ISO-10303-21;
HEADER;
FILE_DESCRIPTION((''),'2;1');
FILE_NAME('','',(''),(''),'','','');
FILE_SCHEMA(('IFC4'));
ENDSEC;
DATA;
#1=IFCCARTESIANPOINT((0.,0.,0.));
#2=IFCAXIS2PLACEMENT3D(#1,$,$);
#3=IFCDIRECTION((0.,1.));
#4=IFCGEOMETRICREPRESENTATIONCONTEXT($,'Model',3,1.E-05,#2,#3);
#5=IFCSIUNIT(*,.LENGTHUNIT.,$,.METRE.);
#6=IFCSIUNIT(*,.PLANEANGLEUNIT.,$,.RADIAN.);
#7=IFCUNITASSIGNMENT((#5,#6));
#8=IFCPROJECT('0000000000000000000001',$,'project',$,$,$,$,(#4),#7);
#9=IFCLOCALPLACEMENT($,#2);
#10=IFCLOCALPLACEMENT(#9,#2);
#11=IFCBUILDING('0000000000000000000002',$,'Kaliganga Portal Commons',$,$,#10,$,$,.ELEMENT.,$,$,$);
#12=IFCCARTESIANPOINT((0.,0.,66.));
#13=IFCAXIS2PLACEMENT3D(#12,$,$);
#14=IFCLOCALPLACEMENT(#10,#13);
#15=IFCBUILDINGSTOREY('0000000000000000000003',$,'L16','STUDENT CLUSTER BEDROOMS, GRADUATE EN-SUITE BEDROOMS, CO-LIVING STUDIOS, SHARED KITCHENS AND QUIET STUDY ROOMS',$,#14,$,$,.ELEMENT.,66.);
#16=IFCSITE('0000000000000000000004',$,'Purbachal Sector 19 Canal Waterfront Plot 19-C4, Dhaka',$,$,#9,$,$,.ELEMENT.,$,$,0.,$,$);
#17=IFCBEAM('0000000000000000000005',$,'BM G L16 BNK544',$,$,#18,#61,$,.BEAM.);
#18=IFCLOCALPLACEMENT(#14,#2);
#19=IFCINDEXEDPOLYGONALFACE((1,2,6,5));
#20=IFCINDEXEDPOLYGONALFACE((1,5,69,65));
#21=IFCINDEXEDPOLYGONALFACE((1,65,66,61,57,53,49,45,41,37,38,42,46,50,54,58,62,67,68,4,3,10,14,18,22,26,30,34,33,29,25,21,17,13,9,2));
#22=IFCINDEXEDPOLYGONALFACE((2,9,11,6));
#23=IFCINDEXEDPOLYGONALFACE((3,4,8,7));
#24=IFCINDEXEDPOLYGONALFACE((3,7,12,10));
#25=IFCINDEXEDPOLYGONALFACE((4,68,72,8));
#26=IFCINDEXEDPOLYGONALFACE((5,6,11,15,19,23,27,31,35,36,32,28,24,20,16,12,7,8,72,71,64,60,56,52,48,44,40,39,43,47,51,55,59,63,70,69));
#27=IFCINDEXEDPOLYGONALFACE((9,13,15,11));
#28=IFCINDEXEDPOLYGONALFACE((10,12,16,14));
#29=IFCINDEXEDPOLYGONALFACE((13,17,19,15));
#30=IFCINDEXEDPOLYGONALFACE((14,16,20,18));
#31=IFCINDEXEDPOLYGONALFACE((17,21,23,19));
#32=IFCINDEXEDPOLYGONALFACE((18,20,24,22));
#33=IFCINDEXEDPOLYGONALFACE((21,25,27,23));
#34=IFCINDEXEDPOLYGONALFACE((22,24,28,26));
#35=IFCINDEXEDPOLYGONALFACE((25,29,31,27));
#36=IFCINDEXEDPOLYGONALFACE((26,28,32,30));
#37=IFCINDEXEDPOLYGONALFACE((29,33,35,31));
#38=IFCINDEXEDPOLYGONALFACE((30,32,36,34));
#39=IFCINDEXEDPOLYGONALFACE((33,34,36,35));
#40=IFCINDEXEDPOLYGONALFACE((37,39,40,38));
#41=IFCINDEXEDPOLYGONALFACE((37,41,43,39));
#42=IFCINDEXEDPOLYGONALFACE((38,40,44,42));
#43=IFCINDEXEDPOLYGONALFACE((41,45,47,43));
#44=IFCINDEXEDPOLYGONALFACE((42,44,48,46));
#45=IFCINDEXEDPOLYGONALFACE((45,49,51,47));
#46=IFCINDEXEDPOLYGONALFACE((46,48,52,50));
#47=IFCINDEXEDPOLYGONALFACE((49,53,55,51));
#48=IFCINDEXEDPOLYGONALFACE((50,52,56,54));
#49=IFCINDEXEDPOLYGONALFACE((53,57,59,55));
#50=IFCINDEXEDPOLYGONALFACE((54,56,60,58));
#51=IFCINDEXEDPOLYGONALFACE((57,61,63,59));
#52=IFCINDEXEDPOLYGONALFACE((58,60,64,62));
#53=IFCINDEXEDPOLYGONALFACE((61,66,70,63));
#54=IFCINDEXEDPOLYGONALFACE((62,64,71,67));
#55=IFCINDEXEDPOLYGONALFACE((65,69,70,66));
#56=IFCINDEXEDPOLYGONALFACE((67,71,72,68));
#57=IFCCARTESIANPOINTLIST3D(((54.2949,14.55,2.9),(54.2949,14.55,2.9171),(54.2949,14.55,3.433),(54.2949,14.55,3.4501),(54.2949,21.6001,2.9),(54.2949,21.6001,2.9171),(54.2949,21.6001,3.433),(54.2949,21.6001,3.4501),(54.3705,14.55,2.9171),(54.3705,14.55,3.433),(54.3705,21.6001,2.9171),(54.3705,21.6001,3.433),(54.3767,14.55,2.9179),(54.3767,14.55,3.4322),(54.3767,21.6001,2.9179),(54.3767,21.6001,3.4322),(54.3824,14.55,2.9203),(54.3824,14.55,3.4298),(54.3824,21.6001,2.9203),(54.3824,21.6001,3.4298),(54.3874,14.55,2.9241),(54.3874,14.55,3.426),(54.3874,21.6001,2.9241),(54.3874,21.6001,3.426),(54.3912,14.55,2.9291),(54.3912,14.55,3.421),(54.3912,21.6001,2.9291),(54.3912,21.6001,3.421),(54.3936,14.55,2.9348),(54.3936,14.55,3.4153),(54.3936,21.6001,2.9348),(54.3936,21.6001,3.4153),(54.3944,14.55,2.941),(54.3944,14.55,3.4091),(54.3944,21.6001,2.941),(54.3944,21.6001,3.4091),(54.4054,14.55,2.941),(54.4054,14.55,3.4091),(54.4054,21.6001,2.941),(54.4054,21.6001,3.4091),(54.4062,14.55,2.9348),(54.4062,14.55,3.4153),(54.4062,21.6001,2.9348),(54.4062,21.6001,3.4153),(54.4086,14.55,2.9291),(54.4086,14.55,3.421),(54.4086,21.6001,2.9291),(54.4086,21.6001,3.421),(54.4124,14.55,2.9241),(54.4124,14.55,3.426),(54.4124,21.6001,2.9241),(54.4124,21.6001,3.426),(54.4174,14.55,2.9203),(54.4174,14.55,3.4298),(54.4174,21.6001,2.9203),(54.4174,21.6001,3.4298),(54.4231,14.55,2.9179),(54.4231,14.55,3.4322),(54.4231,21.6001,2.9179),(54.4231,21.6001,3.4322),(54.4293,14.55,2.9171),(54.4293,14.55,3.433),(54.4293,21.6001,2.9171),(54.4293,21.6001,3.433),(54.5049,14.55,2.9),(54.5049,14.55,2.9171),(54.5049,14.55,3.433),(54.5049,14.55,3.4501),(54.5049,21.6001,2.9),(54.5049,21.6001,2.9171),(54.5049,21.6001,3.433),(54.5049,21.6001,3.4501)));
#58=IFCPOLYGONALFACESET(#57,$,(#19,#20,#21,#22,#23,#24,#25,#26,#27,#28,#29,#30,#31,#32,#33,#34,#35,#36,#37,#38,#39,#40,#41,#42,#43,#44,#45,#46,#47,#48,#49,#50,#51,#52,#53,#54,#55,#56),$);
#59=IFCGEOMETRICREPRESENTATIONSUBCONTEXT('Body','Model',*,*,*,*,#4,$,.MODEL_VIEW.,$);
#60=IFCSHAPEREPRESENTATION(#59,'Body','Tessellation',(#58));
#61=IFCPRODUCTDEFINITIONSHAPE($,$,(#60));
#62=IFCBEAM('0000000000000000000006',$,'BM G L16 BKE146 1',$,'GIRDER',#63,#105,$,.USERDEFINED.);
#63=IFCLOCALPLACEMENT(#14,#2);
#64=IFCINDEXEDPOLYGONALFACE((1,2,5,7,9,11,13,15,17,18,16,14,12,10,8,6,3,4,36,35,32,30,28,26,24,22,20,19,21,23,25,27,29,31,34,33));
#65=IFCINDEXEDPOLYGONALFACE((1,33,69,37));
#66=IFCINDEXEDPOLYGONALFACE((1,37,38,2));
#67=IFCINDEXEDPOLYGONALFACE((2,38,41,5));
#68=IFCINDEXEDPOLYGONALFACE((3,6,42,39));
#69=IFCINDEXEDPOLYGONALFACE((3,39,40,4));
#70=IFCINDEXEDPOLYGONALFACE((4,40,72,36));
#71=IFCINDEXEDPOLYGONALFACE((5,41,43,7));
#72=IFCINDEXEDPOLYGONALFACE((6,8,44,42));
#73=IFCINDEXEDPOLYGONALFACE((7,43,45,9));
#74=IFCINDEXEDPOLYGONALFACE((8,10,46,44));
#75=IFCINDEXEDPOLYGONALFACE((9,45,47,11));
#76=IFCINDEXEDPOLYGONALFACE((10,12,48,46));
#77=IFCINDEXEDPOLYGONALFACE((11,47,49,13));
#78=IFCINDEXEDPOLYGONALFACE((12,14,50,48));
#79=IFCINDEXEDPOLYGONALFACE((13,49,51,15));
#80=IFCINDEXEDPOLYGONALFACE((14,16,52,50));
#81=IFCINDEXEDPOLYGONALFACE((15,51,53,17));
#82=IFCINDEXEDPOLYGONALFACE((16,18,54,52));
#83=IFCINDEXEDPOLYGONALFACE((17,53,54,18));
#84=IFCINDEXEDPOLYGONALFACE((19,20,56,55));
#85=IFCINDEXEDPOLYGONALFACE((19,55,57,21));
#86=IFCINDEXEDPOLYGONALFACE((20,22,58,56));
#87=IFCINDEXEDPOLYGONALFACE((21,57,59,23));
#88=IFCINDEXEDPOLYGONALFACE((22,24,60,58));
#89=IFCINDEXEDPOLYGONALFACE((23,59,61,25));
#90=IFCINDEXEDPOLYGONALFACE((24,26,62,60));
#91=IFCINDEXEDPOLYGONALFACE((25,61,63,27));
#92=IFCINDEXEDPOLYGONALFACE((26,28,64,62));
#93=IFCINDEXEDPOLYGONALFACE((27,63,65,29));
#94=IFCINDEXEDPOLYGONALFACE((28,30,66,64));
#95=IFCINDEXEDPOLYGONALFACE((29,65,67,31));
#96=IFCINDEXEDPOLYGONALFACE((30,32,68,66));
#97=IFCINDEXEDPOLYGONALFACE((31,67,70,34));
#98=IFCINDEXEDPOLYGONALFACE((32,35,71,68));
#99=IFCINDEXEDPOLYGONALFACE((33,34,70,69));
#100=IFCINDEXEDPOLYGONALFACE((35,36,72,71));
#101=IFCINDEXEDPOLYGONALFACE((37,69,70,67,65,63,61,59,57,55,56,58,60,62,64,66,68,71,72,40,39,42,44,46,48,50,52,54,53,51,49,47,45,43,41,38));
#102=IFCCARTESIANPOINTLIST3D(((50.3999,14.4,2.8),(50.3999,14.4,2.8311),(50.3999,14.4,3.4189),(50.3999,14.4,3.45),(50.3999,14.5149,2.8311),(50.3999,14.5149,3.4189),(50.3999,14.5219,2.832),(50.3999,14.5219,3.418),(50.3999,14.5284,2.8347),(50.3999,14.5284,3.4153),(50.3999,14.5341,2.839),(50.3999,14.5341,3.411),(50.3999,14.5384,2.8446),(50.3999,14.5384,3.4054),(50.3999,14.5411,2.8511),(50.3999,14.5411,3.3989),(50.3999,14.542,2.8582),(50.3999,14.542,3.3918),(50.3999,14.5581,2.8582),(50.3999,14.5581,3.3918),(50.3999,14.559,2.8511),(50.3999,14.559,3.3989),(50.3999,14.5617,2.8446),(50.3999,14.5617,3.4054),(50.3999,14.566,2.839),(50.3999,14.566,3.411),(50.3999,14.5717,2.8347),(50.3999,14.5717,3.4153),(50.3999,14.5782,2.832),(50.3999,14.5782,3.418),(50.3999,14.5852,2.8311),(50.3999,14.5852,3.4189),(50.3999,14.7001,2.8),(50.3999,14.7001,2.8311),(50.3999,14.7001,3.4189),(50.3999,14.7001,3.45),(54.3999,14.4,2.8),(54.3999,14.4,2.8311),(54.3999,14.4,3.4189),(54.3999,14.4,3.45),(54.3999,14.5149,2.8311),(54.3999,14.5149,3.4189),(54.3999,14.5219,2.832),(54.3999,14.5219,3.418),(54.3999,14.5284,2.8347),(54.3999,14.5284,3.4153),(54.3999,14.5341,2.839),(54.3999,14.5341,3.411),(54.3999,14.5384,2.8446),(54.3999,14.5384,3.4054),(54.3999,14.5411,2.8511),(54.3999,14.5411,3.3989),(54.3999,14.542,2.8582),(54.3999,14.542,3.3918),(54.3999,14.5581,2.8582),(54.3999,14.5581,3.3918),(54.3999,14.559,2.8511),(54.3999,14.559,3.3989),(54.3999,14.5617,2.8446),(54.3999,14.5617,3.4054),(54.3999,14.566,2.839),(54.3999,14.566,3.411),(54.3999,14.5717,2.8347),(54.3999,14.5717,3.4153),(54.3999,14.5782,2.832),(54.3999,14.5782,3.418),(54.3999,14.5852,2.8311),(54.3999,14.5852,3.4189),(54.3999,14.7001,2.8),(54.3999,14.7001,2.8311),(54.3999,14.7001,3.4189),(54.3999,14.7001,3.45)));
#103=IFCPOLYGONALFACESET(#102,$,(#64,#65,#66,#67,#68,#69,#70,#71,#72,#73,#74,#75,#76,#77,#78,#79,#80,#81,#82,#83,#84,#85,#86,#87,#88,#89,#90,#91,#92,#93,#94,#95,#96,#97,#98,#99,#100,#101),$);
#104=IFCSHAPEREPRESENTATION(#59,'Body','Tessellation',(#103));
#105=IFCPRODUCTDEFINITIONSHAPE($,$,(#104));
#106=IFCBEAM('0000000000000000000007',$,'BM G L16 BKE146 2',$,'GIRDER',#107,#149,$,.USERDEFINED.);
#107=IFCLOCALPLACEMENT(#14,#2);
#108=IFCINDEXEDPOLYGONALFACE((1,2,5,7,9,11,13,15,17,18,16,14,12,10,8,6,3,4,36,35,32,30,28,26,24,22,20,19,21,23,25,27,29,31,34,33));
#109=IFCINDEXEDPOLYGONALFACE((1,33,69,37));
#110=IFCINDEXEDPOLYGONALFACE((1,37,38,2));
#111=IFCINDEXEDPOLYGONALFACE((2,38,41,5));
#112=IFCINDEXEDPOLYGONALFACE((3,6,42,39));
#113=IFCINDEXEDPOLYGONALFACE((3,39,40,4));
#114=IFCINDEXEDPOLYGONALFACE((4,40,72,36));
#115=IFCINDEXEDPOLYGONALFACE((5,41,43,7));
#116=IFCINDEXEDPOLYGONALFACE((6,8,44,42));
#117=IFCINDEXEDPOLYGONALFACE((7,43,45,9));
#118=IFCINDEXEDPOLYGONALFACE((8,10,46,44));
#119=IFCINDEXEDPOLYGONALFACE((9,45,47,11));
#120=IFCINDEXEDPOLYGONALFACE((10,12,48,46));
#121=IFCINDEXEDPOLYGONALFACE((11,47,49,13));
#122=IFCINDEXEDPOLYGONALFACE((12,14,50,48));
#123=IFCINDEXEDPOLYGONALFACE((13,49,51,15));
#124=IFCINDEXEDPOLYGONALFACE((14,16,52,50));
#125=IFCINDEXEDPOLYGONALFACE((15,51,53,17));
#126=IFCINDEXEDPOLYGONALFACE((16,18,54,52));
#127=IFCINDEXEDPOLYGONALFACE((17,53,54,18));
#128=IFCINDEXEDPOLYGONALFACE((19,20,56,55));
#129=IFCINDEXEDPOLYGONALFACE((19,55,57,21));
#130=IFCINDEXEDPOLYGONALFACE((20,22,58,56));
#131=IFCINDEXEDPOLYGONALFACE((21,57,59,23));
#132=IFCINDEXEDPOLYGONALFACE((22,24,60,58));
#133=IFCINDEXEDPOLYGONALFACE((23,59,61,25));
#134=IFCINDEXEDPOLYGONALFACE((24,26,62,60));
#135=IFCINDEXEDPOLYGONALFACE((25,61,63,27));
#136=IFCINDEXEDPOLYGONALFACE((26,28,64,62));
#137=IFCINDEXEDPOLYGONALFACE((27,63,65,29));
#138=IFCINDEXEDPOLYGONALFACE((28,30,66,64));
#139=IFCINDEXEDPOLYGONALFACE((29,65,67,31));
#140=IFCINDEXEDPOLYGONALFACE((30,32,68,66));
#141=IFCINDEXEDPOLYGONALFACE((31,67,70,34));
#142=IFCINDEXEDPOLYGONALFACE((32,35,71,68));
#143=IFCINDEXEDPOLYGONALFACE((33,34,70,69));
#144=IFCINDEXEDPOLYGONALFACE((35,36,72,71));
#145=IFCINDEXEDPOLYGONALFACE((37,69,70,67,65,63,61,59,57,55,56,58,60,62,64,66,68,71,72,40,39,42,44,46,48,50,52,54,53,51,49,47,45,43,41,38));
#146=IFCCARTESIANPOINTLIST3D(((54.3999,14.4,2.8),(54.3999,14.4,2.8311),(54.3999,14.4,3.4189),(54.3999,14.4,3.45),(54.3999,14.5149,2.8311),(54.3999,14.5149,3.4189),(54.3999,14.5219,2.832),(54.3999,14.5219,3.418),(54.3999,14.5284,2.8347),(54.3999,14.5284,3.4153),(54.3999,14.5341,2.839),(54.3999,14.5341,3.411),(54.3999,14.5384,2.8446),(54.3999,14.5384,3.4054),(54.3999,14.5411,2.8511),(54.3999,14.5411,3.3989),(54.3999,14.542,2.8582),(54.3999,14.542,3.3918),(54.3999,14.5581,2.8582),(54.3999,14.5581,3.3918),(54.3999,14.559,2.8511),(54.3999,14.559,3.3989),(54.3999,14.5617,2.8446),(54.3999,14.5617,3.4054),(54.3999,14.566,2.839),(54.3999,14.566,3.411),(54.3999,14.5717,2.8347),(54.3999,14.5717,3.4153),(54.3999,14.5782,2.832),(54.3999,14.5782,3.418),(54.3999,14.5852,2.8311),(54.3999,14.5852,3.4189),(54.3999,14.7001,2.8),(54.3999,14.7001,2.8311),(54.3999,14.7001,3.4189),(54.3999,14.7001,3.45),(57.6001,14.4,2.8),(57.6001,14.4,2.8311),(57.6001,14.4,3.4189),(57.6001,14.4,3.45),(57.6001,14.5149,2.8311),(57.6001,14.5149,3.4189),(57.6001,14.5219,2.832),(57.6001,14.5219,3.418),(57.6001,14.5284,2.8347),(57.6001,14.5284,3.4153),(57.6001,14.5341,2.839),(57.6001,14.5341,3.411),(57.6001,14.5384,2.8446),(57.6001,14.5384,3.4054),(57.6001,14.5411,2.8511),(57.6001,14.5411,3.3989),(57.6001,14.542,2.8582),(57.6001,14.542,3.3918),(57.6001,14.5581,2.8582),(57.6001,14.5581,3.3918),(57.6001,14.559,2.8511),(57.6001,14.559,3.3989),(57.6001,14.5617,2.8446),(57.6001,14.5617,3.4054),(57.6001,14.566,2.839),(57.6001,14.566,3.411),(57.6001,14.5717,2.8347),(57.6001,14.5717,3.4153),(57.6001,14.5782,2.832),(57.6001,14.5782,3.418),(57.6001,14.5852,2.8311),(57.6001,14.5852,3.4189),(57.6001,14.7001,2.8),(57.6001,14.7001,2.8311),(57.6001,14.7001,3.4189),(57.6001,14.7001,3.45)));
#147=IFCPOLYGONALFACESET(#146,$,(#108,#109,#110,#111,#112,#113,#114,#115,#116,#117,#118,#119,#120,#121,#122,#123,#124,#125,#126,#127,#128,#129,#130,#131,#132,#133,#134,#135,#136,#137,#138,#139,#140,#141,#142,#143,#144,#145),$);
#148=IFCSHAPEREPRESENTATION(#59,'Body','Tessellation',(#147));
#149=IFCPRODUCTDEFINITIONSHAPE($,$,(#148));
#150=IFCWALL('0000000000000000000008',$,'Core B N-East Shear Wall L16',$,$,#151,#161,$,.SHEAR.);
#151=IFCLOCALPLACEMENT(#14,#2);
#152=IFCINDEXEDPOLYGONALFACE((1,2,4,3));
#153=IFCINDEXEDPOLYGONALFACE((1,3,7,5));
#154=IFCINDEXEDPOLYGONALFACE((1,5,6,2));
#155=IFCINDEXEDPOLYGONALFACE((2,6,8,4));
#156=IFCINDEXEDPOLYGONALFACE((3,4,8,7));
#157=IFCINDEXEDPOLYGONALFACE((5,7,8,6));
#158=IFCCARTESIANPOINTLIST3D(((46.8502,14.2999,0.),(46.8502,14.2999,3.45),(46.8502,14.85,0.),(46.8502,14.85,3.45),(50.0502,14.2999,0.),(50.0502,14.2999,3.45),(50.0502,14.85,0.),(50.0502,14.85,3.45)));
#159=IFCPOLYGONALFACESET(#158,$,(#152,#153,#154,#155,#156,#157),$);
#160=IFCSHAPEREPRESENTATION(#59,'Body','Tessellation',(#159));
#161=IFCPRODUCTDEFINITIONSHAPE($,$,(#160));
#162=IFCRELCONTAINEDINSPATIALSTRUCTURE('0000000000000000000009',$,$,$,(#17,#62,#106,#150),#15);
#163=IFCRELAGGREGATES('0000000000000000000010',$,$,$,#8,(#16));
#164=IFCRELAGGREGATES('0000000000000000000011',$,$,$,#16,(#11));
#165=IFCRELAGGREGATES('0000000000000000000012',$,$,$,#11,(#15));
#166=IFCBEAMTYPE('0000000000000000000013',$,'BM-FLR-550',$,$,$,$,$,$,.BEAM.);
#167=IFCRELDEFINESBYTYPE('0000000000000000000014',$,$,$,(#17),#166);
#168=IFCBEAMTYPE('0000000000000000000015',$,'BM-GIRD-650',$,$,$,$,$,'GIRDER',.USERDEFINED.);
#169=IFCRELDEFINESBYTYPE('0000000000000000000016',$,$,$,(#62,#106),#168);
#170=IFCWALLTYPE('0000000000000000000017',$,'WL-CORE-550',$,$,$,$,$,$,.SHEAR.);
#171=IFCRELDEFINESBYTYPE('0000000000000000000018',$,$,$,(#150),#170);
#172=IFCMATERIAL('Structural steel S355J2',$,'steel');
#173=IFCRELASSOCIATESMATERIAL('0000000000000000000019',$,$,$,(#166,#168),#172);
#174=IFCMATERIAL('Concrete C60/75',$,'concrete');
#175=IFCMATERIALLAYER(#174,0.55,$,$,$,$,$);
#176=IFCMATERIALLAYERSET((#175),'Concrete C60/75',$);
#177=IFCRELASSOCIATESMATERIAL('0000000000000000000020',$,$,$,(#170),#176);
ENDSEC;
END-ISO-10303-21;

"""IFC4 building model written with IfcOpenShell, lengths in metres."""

from ifc_helpers import new_model, si_unit, direction, frame, frame_2d, origin, origin_2d, place, context, subcontext, project, spatial, rectangle, i_section, extrude, source, transform, mapped, material, layer, layer_set, material_profile, profile_set, type_object, element, save


model = new_model("IFC4")

# Units and contexts
model_context = context("Model", 3, precision=1e-05, world=origin(), true_north=direction((0.0, 1.0)))
body_context = subcontext(model_context, "Body", "Model", "MODEL_VIEW")
ifc_project = project(units=[si_unit("LENGTHUNIT", "METRE"), si_unit("PLANEANGLEUNIT", "RADIAN")], contexts=[model_context])

# Site, building, storey
site_placement = place(None, origin())
site = spatial("IfcSite", under=ifc_project, at=site_placement, Name="Purbachal Sector 19 Canal Waterfront Plot 19-C4, Dhaka", CompositionType="ELEMENT", RefElevation=0.0)
building_placement = place(site_placement, origin())
building = spatial("IfcBuilding", under=site, at=building_placement, Name="Kaliganga Portal Commons", CompositionType="ELEMENT")
storey_placement = place(building_placement, frame((0.0, 0.0, 66.0)))
storey = spatial("IfcBuildingStorey", under=building, at=storey_placement, Name="L16", Description="STUDENT CLUSTER BEDROOMS, GRADUATE EN-SUITE BEDROOMS, CO-LIVING STUDIOS, SHARED KITCHENS AND QUIET STUDY ROOMS", CompositionType="ELEMENT", Elevation=66.0)

# Beams
ifc_material_1 = material(Name="Structural steel S355J2", Category="steel")
ifc_material_profile_1 = material_profile(ifc_material_1, i_section(OverallWidth=0.21, OverallDepth=0.55, WebThickness=0.011, FlangeThickness=0.0171, FilletRadius=0.0239, at=origin_2d()), Name="IPE 550")
ifc_profile_set_1 = profile_set([ifc_material_profile_1], Name="Structural steel S355J2 wide-flange")
beam_type_1 = type_object("IfcBeamType", Name="BM-FLR-550", PredefinedType="BEAM", material=ifc_profile_set_1)
shared_shape_1 = source(origin(), body_context, "Body", "SweptSolid", [
    extrude(i_section(OverallWidth=0.21, OverallDepth=0.55, WebThickness=0.011, FlangeThickness=0.0171, FilletRadius=0.0239, at=origin_2d()), origin(), (0.0, 0.0, 1.0), 7.05),
])
for number, where, z_axis, x_axis, name in (
    (1, (54.3999, 14.55, 3.175), (0.0, 1.0, 0.0), (-1.0, 0.0, 0.0), "BM G L16 BNK544"),
):
    element("IfcBeam", number, at=place(storey_placement, frame(where, z_axis=z_axis, x_axis=x_axis)), inside=storey, type_object=beam_type_1, Name=name, PredefinedType="BEAM", context=body_context, shape_type="MappedRepresentation", body=[
        mapped(shared_shape_1, transform((0.0, 0.0, 0.0), x_axis=(1.0, 0.0, 0.0), y_axis=(0.0, 1.0, 0.0), z_axis=(0.0, 0.0, 1.0), scale=1.0)),
    ])
ifc_material_profile_2 = material_profile(ifc_material_1, i_section(OverallWidth=0.3, OverallDepth=0.6499, WebThickness=0.0161, FlangeThickness=0.031, FilletRadius=0.0271, at=origin_2d()), Name="HE 650 B")
ifc_profile_set_2 = profile_set([ifc_material_profile_2], Name="Structural steel S355J2 wide-flange")
beam_type_2 = type_object("IfcBeamType", Name="BM-GIRD-650", ElementType="GIRDER", PredefinedType="USERDEFINED", material=ifc_profile_set_2)
shared_shape_2 = source(origin(), body_context, "Body", "SweptSolid", [
    extrude(i_section(OverallWidth=0.3, OverallDepth=0.6499, WebThickness=0.0161, FlangeThickness=0.031, FilletRadius=0.0271, at=origin_2d()), origin(), (0.0, 0.0, 1.0), 4.0),
])
beam_1_placement = place(storey_placement, frame((50.3999, 14.55, 3.125), z_axis=(1.0, 0.0, 0.0), x_axis=(0.0, 1.0, 0.0)))
element("IfcBeam", 2, at=beam_1_placement, inside=storey, type_object=beam_type_2, Name="BM G L16 BKE146 1", ObjectType="GIRDER", PredefinedType="USERDEFINED", context=body_context, shape_type="MappedRepresentation", body=[
    mapped(shared_shape_2, transform((0.0, 0.0, 0.0), x_axis=(1.0, 0.0, 0.0), y_axis=(0.0, 1.0, 0.0), z_axis=(0.0, 0.0, 1.0), scale=1.0)),
])
shared_shape_3 = source(origin(), body_context, "Body", "SweptSolid", [
    extrude(i_section(OverallWidth=0.3, OverallDepth=0.6499, WebThickness=0.0161, FlangeThickness=0.031, FilletRadius=0.0271, at=origin_2d()), origin(), (0.0, 0.0, 1.0), 3.2002),
])
beam_2_placement = place(storey_placement, frame((54.3999, 14.55, 3.125), z_axis=(1.0, 0.0, 0.0), x_axis=(0.0, 1.0, 0.0)))
element("IfcBeam", 3, at=beam_2_placement, inside=storey, type_object=beam_type_2, Name="BM G L16 BKE146 2", ObjectType="GIRDER", PredefinedType="USERDEFINED", context=body_context, shape_type="MappedRepresentation", body=[
    mapped(shared_shape_3, transform((0.0, 0.0, 0.0), x_axis=(1.0, 0.0, 0.0), y_axis=(0.0, 1.0, 0.0), z_axis=(0.0, 0.0, 1.0), scale=1.0)),
])

# Wall
ifc_material_2 = material(Name="Concrete C60/75", Category="concrete")
ifc_layer_1 = layer(ifc_material_2, 0.55)
ifc_layer_set_1 = layer_set([ifc_layer_1], Name="Concrete C60/75")
wall_type_1 = type_object("IfcWallType", Name="WL-CORE-550", PredefinedType="SHEAR", material=ifc_layer_set_1)
wall_1_placement = place(storey_placement, frame((46.8501, 14.575, 0.0), z_axis=(0.0, 0.0, 1.0), x_axis=(1.0, 0.0, 0.0)))
element("IfcWall", 4, at=wall_1_placement, inside=storey, type_object=wall_type_1, Name="Core B N-East Shear Wall L16", PredefinedType="SHEAR", context=body_context, shape_type="SweptSolid", body=[
    extrude(rectangle(XDim=3.2, YDim=0.55, at=frame_2d((1.6001, 0.0))), origin(), (0.0, 0.0, 1.0), 3.45),
])

save(model, "model.ifc")
